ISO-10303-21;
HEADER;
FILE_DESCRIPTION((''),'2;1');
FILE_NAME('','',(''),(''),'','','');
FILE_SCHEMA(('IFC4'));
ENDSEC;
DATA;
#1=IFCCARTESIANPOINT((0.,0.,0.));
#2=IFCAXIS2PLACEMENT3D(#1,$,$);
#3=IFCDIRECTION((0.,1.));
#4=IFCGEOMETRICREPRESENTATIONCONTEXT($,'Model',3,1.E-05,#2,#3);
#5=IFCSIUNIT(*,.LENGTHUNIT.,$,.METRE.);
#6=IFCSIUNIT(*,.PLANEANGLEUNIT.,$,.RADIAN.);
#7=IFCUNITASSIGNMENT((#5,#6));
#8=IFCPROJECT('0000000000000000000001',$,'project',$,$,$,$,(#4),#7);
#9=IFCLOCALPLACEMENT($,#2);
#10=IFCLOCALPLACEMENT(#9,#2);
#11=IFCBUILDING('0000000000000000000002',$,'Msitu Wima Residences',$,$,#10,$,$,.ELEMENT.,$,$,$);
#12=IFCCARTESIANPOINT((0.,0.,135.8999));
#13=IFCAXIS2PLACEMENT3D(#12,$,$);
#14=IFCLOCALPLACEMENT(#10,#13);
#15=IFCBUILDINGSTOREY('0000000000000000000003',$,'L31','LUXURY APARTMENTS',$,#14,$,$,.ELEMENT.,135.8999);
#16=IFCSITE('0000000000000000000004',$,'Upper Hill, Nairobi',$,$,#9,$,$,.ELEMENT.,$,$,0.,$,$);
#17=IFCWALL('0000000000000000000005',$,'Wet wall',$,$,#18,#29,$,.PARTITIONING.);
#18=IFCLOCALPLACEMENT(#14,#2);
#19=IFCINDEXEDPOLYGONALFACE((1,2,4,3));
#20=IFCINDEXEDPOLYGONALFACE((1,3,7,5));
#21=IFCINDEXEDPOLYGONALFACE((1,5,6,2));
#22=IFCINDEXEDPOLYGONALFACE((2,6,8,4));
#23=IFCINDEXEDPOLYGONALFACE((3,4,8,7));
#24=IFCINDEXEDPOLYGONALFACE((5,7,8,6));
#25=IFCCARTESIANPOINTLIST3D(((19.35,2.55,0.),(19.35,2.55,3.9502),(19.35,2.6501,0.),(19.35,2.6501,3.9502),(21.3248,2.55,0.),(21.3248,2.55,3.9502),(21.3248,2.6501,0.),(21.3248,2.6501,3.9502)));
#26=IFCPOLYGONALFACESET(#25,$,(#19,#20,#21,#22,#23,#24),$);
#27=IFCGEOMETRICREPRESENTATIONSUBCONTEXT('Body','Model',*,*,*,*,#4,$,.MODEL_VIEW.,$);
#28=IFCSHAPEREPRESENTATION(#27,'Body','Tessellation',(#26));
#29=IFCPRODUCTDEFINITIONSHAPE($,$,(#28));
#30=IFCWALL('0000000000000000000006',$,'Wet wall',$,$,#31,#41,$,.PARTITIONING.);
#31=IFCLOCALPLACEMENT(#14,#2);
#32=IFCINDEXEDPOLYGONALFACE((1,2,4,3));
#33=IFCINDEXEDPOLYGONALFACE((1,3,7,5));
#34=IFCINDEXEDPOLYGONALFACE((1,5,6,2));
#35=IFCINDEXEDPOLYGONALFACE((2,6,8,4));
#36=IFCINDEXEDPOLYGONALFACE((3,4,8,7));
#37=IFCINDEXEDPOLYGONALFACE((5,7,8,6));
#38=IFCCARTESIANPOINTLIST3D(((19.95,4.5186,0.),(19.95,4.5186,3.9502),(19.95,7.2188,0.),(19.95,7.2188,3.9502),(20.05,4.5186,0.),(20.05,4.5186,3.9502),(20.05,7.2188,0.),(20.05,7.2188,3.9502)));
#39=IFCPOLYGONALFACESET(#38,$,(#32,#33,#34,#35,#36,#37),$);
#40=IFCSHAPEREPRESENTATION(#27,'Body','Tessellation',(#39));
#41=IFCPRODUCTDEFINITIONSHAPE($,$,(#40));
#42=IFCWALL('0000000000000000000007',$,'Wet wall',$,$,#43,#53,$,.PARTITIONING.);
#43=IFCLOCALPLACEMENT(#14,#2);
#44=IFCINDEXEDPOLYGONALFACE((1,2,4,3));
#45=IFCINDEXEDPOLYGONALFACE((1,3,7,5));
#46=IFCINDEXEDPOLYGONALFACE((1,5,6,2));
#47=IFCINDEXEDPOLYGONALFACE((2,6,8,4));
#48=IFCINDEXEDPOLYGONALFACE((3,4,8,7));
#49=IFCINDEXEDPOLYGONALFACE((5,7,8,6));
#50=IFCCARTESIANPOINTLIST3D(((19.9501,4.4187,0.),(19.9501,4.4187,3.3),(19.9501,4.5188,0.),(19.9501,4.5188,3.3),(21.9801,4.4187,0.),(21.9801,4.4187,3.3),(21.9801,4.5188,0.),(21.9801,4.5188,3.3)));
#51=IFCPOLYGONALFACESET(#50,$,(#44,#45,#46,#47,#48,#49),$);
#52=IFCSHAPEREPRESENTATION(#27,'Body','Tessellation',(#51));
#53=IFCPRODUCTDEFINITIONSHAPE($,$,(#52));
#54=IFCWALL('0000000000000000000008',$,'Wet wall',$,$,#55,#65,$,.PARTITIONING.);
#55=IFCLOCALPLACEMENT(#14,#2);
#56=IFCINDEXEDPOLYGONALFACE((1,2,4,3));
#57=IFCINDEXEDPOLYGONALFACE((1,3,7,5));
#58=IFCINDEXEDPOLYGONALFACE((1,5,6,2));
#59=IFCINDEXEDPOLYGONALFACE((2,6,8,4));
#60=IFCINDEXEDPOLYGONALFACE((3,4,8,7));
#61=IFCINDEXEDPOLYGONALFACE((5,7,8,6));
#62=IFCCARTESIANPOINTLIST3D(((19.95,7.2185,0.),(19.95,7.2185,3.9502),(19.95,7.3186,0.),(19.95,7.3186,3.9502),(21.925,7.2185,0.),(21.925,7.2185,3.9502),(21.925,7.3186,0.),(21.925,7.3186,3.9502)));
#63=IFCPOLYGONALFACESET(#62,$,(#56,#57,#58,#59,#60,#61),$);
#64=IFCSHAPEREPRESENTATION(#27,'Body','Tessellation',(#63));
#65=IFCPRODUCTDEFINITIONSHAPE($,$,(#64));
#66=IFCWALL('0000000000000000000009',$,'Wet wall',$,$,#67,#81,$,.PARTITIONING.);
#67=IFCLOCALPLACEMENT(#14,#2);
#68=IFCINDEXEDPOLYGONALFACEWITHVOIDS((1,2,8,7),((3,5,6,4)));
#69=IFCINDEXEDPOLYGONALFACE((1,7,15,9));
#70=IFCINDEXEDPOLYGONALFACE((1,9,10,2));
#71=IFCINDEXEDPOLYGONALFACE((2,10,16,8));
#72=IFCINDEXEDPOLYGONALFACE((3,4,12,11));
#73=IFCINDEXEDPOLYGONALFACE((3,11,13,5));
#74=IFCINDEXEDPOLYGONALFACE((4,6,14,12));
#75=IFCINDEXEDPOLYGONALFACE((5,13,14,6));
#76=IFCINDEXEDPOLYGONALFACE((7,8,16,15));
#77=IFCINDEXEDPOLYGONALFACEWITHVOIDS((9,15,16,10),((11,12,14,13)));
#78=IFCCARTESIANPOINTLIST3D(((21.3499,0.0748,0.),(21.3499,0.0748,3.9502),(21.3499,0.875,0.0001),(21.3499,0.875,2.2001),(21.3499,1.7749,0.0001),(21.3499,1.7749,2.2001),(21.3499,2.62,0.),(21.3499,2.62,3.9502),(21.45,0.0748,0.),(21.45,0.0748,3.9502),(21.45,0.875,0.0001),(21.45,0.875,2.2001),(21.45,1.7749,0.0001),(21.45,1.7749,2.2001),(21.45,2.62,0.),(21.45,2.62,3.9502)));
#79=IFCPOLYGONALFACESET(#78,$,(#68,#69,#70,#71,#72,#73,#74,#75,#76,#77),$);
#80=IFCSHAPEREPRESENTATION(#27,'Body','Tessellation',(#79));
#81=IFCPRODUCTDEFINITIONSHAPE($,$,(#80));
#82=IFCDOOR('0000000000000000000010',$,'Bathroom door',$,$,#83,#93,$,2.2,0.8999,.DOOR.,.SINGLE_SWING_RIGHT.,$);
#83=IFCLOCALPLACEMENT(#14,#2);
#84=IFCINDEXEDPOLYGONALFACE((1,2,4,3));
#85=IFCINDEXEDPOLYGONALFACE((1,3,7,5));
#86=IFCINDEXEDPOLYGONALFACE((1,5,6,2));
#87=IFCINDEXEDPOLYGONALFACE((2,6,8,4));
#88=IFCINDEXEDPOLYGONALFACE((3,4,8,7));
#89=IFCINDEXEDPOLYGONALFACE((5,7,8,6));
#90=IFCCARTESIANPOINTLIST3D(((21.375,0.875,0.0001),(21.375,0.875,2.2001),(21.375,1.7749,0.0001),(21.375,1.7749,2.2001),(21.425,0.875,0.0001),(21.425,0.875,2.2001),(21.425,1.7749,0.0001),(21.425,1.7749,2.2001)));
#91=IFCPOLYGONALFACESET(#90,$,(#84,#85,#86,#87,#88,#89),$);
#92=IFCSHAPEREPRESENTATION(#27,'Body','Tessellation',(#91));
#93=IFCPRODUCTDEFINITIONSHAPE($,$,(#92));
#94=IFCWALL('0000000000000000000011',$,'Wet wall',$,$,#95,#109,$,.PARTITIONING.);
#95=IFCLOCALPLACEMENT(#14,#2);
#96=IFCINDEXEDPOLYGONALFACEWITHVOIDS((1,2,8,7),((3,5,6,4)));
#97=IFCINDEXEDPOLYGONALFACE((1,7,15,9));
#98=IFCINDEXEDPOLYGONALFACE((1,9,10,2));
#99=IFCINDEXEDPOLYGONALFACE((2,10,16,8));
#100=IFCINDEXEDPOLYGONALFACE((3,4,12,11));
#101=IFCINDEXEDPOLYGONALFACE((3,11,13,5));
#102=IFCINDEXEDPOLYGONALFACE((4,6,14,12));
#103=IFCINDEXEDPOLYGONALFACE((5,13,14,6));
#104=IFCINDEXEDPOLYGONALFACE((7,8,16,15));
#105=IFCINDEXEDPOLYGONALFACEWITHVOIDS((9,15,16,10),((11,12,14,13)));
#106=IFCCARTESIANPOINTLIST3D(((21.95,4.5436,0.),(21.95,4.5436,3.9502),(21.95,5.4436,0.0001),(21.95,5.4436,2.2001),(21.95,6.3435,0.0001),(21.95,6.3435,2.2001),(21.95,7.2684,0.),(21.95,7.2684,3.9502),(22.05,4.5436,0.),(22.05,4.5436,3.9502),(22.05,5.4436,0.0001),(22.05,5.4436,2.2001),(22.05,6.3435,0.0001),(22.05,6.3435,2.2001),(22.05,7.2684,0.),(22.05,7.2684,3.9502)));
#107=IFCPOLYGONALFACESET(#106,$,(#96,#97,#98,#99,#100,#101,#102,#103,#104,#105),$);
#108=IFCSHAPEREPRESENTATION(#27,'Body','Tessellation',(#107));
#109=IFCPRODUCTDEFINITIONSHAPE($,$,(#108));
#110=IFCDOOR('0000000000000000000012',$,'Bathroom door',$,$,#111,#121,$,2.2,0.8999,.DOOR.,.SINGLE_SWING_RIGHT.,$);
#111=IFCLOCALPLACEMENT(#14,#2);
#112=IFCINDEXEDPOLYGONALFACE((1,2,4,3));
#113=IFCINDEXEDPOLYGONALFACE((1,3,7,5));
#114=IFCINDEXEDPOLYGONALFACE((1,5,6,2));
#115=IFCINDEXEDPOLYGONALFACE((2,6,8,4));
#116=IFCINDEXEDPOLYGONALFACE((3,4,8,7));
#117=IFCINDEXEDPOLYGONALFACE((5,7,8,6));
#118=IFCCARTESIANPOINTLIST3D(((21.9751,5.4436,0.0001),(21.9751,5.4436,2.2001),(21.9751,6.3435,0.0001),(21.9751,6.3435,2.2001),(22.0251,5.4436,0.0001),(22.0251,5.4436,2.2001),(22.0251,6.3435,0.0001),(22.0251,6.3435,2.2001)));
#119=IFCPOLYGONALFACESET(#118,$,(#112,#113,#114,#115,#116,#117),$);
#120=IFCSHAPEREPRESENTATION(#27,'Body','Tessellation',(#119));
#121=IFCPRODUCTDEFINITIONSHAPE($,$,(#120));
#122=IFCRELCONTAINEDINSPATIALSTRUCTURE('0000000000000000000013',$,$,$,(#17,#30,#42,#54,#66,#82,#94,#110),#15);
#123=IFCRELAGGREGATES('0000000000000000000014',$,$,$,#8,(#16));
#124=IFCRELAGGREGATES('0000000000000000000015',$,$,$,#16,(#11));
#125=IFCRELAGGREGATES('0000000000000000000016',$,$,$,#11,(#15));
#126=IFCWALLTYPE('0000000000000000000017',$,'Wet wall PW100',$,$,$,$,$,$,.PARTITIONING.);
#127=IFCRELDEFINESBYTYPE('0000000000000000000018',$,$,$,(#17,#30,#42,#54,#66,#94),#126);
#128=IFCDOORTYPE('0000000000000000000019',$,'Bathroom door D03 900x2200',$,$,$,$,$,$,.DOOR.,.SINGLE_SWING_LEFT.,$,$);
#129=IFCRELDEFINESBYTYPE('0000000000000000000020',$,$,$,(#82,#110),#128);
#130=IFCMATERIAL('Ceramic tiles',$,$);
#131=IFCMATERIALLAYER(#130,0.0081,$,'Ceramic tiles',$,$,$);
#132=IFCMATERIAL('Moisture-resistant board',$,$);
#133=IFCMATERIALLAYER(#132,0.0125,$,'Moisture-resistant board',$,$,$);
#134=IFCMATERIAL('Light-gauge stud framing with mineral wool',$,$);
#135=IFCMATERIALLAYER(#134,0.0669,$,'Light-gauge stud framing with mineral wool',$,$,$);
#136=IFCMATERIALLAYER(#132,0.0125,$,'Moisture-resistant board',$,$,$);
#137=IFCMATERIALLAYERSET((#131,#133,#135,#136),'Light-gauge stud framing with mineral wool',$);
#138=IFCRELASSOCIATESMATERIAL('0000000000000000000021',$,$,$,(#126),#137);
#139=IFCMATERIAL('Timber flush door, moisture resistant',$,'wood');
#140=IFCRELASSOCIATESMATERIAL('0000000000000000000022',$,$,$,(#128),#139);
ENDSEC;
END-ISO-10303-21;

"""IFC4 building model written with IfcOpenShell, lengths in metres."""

from ifc_helpers import new_model, si_unit, direction, frame, frame_2d, origin, place, context, subcontext, project, spatial, rectangle, extrude, material, layer, layer_set, type_object, element, fill, save


model = new_model("IFC4")

# Units and contexts
model_context = context("Model", 3, precision=1e-05, world=origin(), true_north=direction((0.0, 1.0)))
body_context = subcontext(model_context, "Body", "Model", "MODEL_VIEW")
ifc_project = project(units=[si_unit("LENGTHUNIT", "METRE"), si_unit("PLANEANGLEUNIT", "RADIAN")], contexts=[model_context])

# Site, building, storey
site_placement = place(None, origin())
site = spatial("IfcSite", under=ifc_project, at=site_placement, Name="Upper Hill, Nairobi", CompositionType="ELEMENT", RefElevation=0.0)
building_placement = place(site_placement, origin())
building = spatial("IfcBuilding", under=site, at=building_placement, Name="Msitu Wima Residences", CompositionType="ELEMENT")
storey_placement = place(building_placement, frame((0.0, 0.0, 135.8999)))
storey = spatial("IfcBuildingStorey", under=building, at=storey_placement, Name="L31", Description="LUXURY APARTMENTS", CompositionType="ELEMENT", Elevation=135.8999)

# Walls
ifc_material_1 = material(Name="Ceramic tiles")
ifc_layer_1 = layer(ifc_material_1, 0.0081, Name="Ceramic tiles")
ifc_material_2 = material(Name="Moisture-resistant board")
ifc_layer_2 = layer(ifc_material_2, 0.0125, Name="Moisture-resistant board")
ifc_material_3 = material(Name="Light-gauge stud framing with mineral wool")
ifc_layer_3 = layer(ifc_material_3, 0.0669, Name="Light-gauge stud framing with mineral wool")
ifc_layer_4 = layer(ifc_material_2, 0.0125, Name="Moisture-resistant board")
ifc_layer_set_1 = layer_set([ifc_layer_1, ifc_layer_2, ifc_layer_3, ifc_layer_4], Name="Light-gauge stud framing with mineral wool")
wall_type_1 = type_object("IfcWallType", Name="Wet wall PW100", PredefinedType="PARTITIONING", material=ifc_layer_set_1)
wall_1_placement = place(storey_placement, frame((19.3501, 2.6001, 0.0), z_axis=(0.0, 0.0, 1.0), x_axis=(1.0, 0.0, 0.0)))
element("IfcWall", 1, at=wall_1_placement, inside=storey, type_object=wall_type_1, Name="Wet wall", PredefinedType="PARTITIONING", context=body_context, shape_type="SweptSolid", body=[
    extrude(rectangle(XDim=1.9749, YDim=0.1001, at=frame_2d((0.9873, 0.0))), origin(), (0.0, 0.0, 1.0), 3.9502),
])
wall_2_placement = place(storey_placement, frame((20.0, 4.5186, 0.0), z_axis=(0.0, 0.0, 1.0), x_axis=(0.0, 1.0, 0.0)))
element("IfcWall", 2, at=wall_2_placement, inside=storey, type_object=wall_type_1, Name="Wet wall", PredefinedType="PARTITIONING", context=body_context, shape_type="SweptSolid", body=[
    extrude(rectangle(XDim=2.7002, YDim=0.1001, at=frame_2d((1.3501, 0.0))), origin(), (0.0, 0.0, 1.0), 3.9502),
])
wall_3_placement = place(storey_placement, frame((19.95, 4.4688, 0.0), z_axis=(0.0, 0.0, 1.0), x_axis=(1.0, 0.0, 0.0)))
element("IfcWall", 3, at=wall_3_placement, inside=storey, type_object=wall_type_1, Name="Wet wall", PredefinedType="PARTITIONING", context=body_context, shape_type="SweptSolid", body=[
    extrude(rectangle(XDim=2.03, YDim=0.1001, at=frame_2d((1.0151, 0.0))), origin(), (0.0, 0.0, 1.0), 3.3),
])
wall_4_placement = place(storey_placement, frame((19.95, 7.2686, 0.0), z_axis=(0.0, 0.0, 1.0), x_axis=(1.0, 0.0, 0.0)))
element("IfcWall", 4, at=wall_4_placement, inside=storey, type_object=wall_type_1, Name="Wet wall", PredefinedType="PARTITIONING", context=body_context, shape_type="SweptSolid", body=[
    extrude(rectangle(XDim=1.9751, YDim=0.1001, at=frame_2d((0.9875, 0.0))), origin(), (0.0, 0.0, 1.0), 3.9502),
])

# Walls, openings, doors
wall_5_placement = place(storey_placement, frame((21.3999, 0.075, 0.0), z_axis=(0.0, 0.0, 1.0), x_axis=(0.0, 1.0, 0.0)))
wall_5 = element("IfcWall", 5, at=wall_5_placement, inside=storey, type_object=wall_type_1, Name="Wet wall", PredefinedType="PARTITIONING", context=body_context, shape_type="SweptSolid", body=[
    extrude(rectangle(XDim=2.5452, YDim=0.1001, at=frame_2d((1.2725, 0.0))), origin(), (0.0, 0.0, 1.0), 3.9502),
])
opening_1_placement = place(wall_5_placement, frame((0.8, 0.0, 0.0)))
opening_1 = element("IfcOpeningElement", 6, at=opening_1_placement, cuts=wall_5, PredefinedType="OPENING", context=body_context, shape_type="SweptSolid", body=[
    extrude(rectangle(XDim=0.8999, YDim=2.2, at=frame_2d((0.45, 1.1001))), frame((0.0, 0.0601, 0.0), z_axis=(0.0, -1.0, 0.0), x_axis=(1.0, 0.0, 0.0)), (0.0, 0.0, 1.0), 0.1201),
])
ifc_material_4 = material(Name="Timber flush door, moisture resistant", Category="wood")
door_type_1 = type_object("IfcDoorType", Name="Bathroom door D03 900x2200", OperationType="SINGLE_SWING_LEFT", PredefinedType="DOOR", material=ifc_material_4)
door_1_placement = place(opening_1_placement, origin())
door_1 = element("IfcDoor", 7, at=door_1_placement, inside=storey, type_object=door_type_1, Name="Bathroom door", OperationType="SINGLE_SWING_RIGHT", OverallHeight=2.2, OverallWidth=0.8999, PredefinedType="DOOR", context=body_context, shape_type="SweptSolid", body=[
    extrude(rectangle(XDim=0.8999, YDim=2.2, at=frame_2d((0.45, 1.1001))), frame((0.0, 0.0249, 0.0), z_axis=(0.0, -1.0, 0.0), x_axis=(1.0, 0.0, 0.0)), (0.0, 0.0, 1.0), 0.05),
])
fill(opening_1, door_1)
wall_6_placement = place(storey_placement, frame((22.0, 4.5437, 0.0), z_axis=(0.0, 0.0, 1.0), x_axis=(0.0, 1.0, 0.0)))
wall_6 = element("IfcWall", 8, at=wall_6_placement, inside=storey, type_object=wall_type_1, Name="Wet wall", PredefinedType="PARTITIONING", context=body_context, shape_type="SweptSolid", body=[
    extrude(rectangle(XDim=2.7249, YDim=0.1001, at=frame_2d((1.3623, 0.0))), origin(), (0.0, 0.0, 1.0), 3.9502),
])
opening_2_placement = place(wall_6_placement, frame((0.8999, 0.0, 0.0)))
opening_2 = element("IfcOpeningElement", 9, at=opening_2_placement, cuts=wall_6, PredefinedType="OPENING", context=body_context, shape_type="SweptSolid", body=[
    extrude(rectangle(XDim=0.8999, YDim=2.2, at=frame_2d((0.45, 1.1001))), frame((0.0, 0.0601, 0.0), z_axis=(0.0, -1.0, 0.0), x_axis=(1.0, 0.0, 0.0)), (0.0, 0.0, 1.0), 0.1201),
])
door_2_placement = place(opening_2_placement, origin())
door_2 = element("IfcDoor", 10, at=door_2_placement, inside=storey, type_object=door_type_1, Name="Bathroom door", OperationType="SINGLE_SWING_RIGHT", OverallHeight=2.2, OverallWidth=0.8999, PredefinedType="DOOR", context=body_context, shape_type="SweptSolid", body=[
    extrude(rectangle(XDim=0.8999, YDim=2.2, at=frame_2d((0.45, 1.1001))), frame((0.0, 0.0249, 0.0), z_axis=(0.0, -1.0, 0.0), x_axis=(1.0, 0.0, 0.0)), (0.0, 0.0, 1.0), 0.05),
])
fill(opening_2, door_2)

save(model, "model.ifc")
